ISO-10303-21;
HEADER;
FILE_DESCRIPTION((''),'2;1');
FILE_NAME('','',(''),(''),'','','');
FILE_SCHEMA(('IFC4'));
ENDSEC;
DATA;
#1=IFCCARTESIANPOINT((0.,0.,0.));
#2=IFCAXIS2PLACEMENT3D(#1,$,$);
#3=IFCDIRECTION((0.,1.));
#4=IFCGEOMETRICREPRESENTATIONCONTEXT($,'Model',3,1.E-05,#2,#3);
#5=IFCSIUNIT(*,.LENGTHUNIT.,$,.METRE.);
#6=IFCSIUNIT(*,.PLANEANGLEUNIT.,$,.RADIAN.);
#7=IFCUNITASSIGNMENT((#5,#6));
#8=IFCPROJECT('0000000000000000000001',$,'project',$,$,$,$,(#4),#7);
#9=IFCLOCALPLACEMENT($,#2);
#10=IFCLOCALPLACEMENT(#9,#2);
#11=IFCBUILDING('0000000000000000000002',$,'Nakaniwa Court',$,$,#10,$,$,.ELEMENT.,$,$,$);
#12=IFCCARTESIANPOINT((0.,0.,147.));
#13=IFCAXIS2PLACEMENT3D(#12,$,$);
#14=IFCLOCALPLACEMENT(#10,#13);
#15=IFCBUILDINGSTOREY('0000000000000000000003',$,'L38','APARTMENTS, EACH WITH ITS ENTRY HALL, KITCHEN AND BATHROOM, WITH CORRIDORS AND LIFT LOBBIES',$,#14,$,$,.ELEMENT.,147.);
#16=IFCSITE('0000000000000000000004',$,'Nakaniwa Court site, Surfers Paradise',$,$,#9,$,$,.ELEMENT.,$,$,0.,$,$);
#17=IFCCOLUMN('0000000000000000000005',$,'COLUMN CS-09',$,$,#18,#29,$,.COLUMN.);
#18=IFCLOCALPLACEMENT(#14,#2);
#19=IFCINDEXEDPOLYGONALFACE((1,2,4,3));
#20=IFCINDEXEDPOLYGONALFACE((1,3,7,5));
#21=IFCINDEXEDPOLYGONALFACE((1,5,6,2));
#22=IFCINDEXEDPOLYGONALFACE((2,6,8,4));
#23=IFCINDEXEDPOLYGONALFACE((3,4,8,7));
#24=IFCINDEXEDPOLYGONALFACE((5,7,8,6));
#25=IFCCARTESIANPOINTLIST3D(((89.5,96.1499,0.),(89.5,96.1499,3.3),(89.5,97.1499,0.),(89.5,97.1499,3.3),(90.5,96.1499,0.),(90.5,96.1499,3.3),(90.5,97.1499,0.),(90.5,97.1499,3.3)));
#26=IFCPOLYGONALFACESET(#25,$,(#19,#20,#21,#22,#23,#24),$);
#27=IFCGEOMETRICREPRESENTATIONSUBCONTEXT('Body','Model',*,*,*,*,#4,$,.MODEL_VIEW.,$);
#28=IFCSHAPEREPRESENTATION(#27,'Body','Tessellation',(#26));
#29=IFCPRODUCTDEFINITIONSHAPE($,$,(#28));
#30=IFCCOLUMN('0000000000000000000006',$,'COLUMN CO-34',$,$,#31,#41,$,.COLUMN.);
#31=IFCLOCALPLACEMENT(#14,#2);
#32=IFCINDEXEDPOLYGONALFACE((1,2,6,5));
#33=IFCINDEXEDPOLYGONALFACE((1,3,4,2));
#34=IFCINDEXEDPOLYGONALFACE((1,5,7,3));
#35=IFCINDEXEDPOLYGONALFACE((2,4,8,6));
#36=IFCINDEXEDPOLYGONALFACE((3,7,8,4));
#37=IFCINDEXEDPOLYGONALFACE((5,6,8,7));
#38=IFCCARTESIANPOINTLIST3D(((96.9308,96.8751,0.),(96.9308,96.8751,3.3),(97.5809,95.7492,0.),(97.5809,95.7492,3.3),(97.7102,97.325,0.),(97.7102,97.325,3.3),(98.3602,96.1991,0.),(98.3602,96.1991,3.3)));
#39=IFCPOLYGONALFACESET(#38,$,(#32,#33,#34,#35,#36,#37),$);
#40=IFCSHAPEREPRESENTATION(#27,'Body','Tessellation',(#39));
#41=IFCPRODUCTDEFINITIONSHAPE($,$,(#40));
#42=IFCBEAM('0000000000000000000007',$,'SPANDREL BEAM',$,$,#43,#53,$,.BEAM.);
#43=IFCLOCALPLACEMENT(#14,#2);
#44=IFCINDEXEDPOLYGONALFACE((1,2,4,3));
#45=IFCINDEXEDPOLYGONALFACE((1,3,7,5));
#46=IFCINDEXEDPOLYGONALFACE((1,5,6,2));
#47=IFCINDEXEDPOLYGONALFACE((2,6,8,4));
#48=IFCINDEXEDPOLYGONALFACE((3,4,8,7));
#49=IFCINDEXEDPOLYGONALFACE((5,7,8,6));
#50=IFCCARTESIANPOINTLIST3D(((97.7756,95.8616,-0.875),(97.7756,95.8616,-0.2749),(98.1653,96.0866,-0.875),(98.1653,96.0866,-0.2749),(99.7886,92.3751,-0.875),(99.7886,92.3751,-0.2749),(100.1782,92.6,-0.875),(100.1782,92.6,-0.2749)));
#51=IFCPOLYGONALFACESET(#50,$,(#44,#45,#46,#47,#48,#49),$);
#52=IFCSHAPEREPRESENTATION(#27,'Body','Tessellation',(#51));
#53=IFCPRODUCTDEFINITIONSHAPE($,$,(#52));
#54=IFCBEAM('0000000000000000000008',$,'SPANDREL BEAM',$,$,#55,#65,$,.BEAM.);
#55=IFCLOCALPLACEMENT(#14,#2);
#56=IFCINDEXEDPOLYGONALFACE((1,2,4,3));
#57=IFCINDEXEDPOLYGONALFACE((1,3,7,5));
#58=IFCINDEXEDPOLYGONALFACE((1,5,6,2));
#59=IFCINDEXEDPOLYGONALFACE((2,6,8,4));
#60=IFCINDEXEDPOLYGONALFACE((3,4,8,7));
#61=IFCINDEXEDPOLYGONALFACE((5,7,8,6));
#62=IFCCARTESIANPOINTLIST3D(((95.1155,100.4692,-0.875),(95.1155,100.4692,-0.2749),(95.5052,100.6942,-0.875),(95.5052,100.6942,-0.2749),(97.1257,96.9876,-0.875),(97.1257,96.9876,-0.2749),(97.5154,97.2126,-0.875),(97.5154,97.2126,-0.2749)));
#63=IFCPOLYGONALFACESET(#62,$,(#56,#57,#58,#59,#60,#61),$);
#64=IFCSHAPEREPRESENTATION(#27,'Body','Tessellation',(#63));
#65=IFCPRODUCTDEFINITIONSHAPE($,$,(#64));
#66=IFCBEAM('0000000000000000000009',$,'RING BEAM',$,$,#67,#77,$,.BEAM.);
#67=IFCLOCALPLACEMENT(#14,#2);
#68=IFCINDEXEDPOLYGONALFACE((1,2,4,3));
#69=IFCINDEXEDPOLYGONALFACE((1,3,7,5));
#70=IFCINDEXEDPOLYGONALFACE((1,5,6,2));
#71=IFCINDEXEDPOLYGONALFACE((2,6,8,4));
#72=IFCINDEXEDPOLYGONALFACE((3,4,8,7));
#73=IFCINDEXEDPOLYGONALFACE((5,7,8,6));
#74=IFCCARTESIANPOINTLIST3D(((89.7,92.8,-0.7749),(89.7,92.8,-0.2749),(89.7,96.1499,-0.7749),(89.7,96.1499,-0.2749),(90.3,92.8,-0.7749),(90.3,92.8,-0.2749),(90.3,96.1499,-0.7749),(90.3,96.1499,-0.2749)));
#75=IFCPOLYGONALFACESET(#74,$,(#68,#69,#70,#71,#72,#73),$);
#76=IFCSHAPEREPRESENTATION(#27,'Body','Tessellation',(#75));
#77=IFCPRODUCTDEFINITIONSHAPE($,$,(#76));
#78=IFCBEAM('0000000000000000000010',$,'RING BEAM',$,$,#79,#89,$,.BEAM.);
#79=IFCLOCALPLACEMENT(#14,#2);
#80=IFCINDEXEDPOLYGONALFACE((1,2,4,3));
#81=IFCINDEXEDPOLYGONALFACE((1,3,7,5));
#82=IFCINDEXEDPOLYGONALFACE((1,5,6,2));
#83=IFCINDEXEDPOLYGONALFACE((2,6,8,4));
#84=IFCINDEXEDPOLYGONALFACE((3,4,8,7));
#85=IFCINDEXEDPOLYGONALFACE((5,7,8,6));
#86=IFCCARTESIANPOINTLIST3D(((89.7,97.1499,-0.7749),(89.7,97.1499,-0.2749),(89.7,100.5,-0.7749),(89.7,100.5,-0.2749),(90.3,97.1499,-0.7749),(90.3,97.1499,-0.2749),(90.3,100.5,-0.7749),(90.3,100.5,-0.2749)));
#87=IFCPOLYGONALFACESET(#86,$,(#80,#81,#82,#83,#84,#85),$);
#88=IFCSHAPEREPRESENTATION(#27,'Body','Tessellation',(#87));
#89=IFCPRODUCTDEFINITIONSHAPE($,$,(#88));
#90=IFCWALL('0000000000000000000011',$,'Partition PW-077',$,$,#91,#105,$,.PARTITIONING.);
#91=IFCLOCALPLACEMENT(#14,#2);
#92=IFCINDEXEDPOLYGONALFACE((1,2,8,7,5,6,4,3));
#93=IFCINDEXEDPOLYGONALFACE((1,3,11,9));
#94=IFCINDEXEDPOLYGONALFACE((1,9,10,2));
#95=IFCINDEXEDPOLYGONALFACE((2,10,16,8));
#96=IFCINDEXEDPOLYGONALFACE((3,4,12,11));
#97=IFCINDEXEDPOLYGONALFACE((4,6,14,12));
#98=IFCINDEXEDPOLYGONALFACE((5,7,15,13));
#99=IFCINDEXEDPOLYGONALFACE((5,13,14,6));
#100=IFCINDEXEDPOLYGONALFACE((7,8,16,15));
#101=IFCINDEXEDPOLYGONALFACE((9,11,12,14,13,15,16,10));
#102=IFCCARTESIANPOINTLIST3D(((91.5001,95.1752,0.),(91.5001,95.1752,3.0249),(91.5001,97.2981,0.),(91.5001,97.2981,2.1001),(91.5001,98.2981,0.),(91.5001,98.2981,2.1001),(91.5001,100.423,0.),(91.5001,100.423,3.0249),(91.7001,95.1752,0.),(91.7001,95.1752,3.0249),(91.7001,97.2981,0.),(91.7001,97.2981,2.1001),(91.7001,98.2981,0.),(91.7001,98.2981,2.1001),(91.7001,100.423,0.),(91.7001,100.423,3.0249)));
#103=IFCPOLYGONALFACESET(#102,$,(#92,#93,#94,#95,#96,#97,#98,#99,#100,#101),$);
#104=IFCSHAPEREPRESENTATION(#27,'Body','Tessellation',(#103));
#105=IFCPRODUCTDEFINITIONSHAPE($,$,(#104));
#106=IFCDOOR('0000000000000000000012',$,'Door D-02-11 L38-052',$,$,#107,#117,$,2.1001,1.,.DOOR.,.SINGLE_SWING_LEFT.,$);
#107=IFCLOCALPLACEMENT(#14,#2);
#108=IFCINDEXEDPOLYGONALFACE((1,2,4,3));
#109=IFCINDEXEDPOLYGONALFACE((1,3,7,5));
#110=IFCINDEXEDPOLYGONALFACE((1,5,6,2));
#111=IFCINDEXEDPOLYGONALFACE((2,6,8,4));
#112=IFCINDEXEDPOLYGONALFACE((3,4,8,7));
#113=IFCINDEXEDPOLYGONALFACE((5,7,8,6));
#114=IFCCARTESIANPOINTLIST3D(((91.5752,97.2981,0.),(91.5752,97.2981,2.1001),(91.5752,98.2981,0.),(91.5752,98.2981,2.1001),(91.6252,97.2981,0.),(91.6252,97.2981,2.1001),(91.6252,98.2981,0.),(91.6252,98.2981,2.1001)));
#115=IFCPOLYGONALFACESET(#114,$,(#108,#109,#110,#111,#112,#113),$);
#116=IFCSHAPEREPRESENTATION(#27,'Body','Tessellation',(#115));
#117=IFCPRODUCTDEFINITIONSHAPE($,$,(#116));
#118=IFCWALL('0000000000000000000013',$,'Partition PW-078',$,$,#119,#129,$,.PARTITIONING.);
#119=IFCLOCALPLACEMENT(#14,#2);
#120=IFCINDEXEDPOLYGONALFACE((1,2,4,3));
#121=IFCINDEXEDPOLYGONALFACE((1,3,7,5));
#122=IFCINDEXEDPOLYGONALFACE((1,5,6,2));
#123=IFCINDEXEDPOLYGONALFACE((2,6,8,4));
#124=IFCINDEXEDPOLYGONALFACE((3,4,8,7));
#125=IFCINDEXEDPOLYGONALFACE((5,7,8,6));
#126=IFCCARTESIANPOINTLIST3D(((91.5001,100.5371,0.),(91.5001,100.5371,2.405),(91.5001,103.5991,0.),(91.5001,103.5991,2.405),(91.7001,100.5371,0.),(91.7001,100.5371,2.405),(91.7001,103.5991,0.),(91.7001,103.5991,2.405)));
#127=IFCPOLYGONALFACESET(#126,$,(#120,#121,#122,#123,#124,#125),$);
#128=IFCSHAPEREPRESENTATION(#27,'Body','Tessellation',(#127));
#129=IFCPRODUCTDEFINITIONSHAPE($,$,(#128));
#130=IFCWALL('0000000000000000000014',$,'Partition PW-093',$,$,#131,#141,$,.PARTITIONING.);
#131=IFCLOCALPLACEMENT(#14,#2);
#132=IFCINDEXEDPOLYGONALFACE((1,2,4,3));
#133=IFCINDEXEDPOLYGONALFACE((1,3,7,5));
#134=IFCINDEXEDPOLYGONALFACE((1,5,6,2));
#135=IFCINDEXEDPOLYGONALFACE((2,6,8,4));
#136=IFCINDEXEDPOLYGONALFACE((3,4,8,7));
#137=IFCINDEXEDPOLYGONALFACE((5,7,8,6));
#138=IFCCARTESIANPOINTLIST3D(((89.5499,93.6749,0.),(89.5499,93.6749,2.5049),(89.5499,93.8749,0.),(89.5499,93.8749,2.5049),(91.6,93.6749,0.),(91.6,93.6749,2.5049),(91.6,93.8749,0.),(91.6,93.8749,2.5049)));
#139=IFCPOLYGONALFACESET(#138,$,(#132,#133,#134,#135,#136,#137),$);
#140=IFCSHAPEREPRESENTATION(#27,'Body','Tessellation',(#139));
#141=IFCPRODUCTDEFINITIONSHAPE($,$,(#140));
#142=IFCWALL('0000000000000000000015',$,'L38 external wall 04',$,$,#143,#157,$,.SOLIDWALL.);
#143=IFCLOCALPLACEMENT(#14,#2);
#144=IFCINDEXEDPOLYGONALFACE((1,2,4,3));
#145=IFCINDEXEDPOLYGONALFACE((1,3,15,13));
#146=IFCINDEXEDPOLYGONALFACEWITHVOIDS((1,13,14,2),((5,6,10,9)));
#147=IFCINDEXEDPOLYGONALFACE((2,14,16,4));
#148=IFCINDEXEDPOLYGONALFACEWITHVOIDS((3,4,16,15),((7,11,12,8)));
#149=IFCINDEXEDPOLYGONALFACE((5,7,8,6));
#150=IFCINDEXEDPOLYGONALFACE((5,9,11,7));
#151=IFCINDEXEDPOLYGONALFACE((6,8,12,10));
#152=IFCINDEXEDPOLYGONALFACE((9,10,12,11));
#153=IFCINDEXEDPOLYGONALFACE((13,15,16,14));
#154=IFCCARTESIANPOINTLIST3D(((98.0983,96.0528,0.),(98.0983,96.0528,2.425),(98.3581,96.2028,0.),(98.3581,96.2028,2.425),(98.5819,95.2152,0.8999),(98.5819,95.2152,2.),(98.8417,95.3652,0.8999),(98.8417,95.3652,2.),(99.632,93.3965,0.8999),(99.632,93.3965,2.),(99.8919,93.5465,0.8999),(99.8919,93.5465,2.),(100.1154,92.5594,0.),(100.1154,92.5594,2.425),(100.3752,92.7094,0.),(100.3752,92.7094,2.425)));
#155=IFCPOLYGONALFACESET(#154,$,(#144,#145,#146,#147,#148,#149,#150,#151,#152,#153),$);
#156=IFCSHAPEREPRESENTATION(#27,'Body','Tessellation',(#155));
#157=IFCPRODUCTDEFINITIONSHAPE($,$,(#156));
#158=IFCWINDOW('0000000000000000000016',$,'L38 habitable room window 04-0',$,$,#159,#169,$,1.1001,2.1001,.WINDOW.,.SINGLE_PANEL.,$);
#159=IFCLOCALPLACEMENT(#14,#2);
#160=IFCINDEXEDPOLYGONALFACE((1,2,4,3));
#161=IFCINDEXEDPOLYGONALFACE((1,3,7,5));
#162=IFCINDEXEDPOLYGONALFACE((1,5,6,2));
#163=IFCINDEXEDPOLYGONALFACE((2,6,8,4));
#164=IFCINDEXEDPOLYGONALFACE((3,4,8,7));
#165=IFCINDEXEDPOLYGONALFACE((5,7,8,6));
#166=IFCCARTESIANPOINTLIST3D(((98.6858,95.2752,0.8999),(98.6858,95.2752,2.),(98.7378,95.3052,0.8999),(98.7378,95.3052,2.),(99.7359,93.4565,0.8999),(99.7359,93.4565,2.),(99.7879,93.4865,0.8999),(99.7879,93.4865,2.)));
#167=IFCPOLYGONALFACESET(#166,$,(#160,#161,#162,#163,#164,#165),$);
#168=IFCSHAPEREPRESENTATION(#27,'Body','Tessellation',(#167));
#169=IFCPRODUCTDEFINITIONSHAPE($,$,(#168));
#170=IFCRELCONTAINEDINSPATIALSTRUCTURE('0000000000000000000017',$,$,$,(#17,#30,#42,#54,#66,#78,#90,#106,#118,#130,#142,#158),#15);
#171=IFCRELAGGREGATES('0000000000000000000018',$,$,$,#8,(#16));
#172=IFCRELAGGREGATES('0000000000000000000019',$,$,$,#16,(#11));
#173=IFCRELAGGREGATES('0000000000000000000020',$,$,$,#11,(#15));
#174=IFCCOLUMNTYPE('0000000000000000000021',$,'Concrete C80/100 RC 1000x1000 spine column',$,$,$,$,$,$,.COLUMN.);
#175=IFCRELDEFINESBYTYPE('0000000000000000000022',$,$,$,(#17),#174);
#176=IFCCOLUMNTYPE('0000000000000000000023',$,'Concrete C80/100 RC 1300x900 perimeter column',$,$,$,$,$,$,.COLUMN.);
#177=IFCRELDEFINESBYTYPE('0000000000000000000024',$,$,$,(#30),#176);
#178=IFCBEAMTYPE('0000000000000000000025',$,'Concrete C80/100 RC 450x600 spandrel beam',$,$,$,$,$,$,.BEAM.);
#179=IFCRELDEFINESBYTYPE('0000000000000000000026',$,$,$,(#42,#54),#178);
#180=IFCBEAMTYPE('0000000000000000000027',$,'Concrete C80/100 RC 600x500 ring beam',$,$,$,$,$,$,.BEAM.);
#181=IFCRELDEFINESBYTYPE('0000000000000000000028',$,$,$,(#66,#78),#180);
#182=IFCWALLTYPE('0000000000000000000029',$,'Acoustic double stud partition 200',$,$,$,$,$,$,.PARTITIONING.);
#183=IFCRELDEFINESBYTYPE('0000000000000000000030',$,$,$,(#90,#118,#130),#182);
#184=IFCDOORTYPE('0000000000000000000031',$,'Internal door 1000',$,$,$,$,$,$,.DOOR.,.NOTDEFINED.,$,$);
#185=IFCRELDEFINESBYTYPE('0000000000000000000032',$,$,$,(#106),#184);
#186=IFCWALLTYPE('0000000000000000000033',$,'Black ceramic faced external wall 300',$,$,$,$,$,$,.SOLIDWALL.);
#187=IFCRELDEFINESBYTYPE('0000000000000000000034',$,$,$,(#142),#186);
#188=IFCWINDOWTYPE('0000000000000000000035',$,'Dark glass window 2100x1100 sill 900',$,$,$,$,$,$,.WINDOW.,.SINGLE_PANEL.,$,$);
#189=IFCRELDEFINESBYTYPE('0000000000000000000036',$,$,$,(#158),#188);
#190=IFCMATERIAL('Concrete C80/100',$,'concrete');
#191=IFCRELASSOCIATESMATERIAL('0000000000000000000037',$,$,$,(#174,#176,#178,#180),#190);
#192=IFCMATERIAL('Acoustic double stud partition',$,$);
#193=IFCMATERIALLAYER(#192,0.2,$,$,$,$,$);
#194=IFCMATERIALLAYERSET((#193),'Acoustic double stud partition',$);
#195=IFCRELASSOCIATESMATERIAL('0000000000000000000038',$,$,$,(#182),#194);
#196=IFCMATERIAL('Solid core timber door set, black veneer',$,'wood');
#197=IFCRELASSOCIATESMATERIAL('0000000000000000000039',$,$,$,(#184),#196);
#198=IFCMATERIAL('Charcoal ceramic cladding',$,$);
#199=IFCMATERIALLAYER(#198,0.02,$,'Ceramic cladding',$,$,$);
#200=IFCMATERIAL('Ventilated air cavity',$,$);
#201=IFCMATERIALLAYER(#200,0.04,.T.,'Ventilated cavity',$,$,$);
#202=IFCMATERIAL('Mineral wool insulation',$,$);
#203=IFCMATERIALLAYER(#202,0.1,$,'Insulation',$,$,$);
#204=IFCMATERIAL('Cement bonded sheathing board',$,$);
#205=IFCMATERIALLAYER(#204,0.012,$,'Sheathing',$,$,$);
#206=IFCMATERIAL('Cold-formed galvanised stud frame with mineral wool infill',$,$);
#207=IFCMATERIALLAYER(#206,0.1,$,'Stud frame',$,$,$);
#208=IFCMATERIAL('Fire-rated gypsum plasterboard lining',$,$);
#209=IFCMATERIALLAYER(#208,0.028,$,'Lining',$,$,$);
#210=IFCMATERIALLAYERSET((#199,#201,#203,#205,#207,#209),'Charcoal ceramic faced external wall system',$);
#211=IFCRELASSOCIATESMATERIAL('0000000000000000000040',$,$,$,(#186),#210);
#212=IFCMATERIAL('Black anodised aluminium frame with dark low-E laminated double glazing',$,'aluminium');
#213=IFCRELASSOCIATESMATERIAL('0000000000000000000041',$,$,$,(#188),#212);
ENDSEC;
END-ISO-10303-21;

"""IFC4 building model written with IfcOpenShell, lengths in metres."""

from ifc_helpers import new_model, si_unit, direction, frame, frame_2d, origin, origin_2d, place, context, subcontext, project, spatial, rectangle, extrude, material, layer, layer_set, material_profile, profile_set, type_object, element, fill, save


model = new_model("IFC4")

# Units and contexts
model_context = context("Model", 3, precision=1e-05, world=origin(), true_north=direction((0.0, 1.0)))
body_context = subcontext(model_context, "Body", "Model", "MODEL_VIEW")
ifc_project = project(units=[si_unit("LENGTHUNIT", "METRE"), si_unit("PLANEANGLEUNIT", "RADIAN")], contexts=[model_context])

# Site, building, storey
site_placement = place(None, origin())
site = spatial("IfcSite", under=ifc_project, at=site_placement, Name="Nakaniwa Court site, Surfers Paradise", CompositionType="ELEMENT", RefElevation=0.0)
building_placement = place(site_placement, origin())
building = spatial("IfcBuilding", under=site, at=building_placement, Name="Nakaniwa Court", CompositionType="ELEMENT")
storey_placement = place(building_placement, frame((0.0, 0.0, 147.0)))
storey = spatial("IfcBuildingStorey", under=building, at=storey_placement, Name="L38", Description="APARTMENTS, EACH WITH ITS ENTRY HALL, KITCHEN AND BATHROOM, WITH CORRIDORS AND LIFT LOBBIES", CompositionType="ELEMENT", Elevation=147.0)

# Columns
ifc_material_1 = material(Name="Concrete C80/100", Category="concrete")
ifc_material_profile_1 = material_profile(ifc_material_1, rectangle(XDim=1.0, YDim=1.0, at=origin_2d()), Name="Concrete C80/100 RC 1000x1000 spine column")
ifc_profile_set_1 = profile_set([ifc_material_profile_1], Name="Concrete C80/100")
column_type_1 = type_object("IfcColumnType", Name="Concrete C80/100 RC 1000x1000 spine column", PredefinedType="COLUMN", material=ifc_profile_set_1)
column_1_placement = place(storey_placement, frame((90.0, 96.6499, 0.0), z_axis=(0.0, 0.0, 1.0), x_axis=(0.0, 1.0, 0.0)))
element("IfcColumn", 1, at=column_1_placement, inside=storey, type_object=column_type_1, Name="COLUMN CS-09", PredefinedType="COLUMN", context=body_context, shape_type="SweptSolid", body=[
    extrude(rectangle(XDim=1.0, YDim=1.0, at=origin_2d()), origin(), (0.0, 0.0, 1.0), 3.3),
])
ifc_material_profile_2 = material_profile(ifc_material_1, rectangle(XDim=1.3, YDim=0.8999, at=origin_2d()), Name="Concrete C80/100 RC 1300x900 perimeter column")
ifc_profile_set_2 = profile_set([ifc_material_profile_2], Name="Concrete C80/100")
column_type_2 = type_object("IfcColumnType", Name="Concrete C80/100 RC 1300x900 perimeter column", PredefinedType="COLUMN", material=ifc_profile_set_2)
column_2_placement = place(storey_placement, frame((97.6455, 96.5371, 0.0), z_axis=(0.0, 0.0, 1.0), x_axis=(-0.5, 0.866025, 0.0)))
element("IfcColumn", 2, at=column_2_placement, inside=storey, type_object=column_type_2, Name="COLUMN CO-34", PredefinedType="COLUMN", context=body_context, shape_type="SweptSolid", body=[
    extrude(rectangle(XDim=1.3, YDim=0.8999, at=origin_2d()), origin(), (0.0, 0.0, 1.0), 3.3),
])

# Beams
ifc_material_profile_3 = material_profile(ifc_material_1, rectangle(XDim=0.45, YDim=0.6001, at=origin_2d()), Name="Concrete C80/100 RC 450x600 spandrel beam")
ifc_profile_set_3 = profile_set([ifc_material_profile_3], Name="Concrete C80/100")
beam_type_1 = type_object("IfcBeamType", Name="Concrete C80/100 RC 450x600 spandrel beam", PredefinedType="BEAM", material=ifc_profile_set_3)
beam_1_placement = place(storey_placement, frame((99.9834, 92.4875, -0.575), z_axis=(-0.499994, 0.866029, 0.0), x_axis=(-0.866029, -0.499994, 0.0)))
element("IfcBeam", 3, at=beam_1_placement, inside=storey, type_object=beam_type_1, Name="SPANDREL BEAM", PredefinedType="BEAM", context=body_context, shape_type="SweptSolid", body=[
    extrude(rectangle(XDim=0.45, YDim=0.6001, at=origin_2d()), origin(), (0.0, 0.0, 1.0), 4.0259),
])
beam_2_placement = place(storey_placement, frame((97.3206, 97.1001, -0.575), z_axis=(-0.500019, 0.866015, 0.0), x_axis=(-0.866015, -0.500019, 0.0)))
element("IfcBeam", 4, at=beam_2_placement, inside=storey, type_object=beam_type_1, Name="SPANDREL BEAM", PredefinedType="BEAM", context=body_context, shape_type="SweptSolid", body=[
    extrude(rectangle(XDim=0.45, YDim=0.6001, at=origin_2d()), origin(), (0.0, 0.0, 1.0), 4.0203),
])
ifc_material_profile_4 = material_profile(ifc_material_1, rectangle(XDim=0.6001, YDim=0.5, at=origin_2d()), Name="Concrete C80/100 RC 600x500 ring beam")
ifc_profile_set_4 = profile_set([ifc_material_profile_4], Name="Concrete C80/100")
beam_type_2 = type_object("IfcBeamType", Name="Concrete C80/100 RC 600x500 ring beam", PredefinedType="BEAM", material=ifc_profile_set_4)
beam_3_placement = place(storey_placement, frame((90.0, 92.8, -0.5249), z_axis=(0.0, 1.0, 0.0), x_axis=(-1.0, 0.0, 0.0)))
element("IfcBeam", 5, at=beam_3_placement, inside=storey, type_object=beam_type_2, Name="RING BEAM", PredefinedType="BEAM", context=body_context, shape_type="SweptSolid", body=[
    extrude(rectangle(XDim=0.6001, YDim=0.5, at=origin_2d()), origin(), (0.0, 0.0, 1.0), 3.3499),
])
beam_4_placement = place(storey_placement, frame((90.0, 97.1499, -0.5249), z_axis=(0.0, 1.0, 0.0), x_axis=(-1.0, 0.0, 0.0)))
element("IfcBeam", 6, at=beam_4_placement, inside=storey, type_object=beam_type_2, Name="RING BEAM", PredefinedType="BEAM", context=body_context, shape_type="SweptSolid", body=[
    extrude(rectangle(XDim=0.6001, YDim=0.5, at=origin_2d()), origin(), (0.0, 0.0, 1.0), 3.3501),
])

# Wall, opening, door
ifc_material_2 = material(Name="Acoustic double stud partition")
ifc_layer_1 = layer(ifc_material_2, 0.2)
ifc_layer_set_1 = layer_set([ifc_layer_1], Name="Acoustic double stud partition")
wall_type_1 = type_object("IfcWallType", Name="Acoustic double stud partition 200", PredefinedType="PARTITIONING", material=ifc_layer_set_1)
wall_1_placement = place(storey_placement, frame((91.6001, 95.175, 0.0), z_axis=(0.0, 0.0, 1.0), x_axis=(0.0, 1.0, 0.0)))
wall_1 = element("IfcWall", 7, at=wall_1_placement, inside=storey, type_object=wall_type_1, Name="Partition PW-077", PredefinedType="PARTITIONING", context=body_context, shape_type="SweptSolid", body=[
    extrude(rectangle(XDim=5.2478, YDim=0.2, at=frame_2d((2.624, 0.0))), origin(), (0.0, 0.0, 1.0), 3.0249),
])
opening_1_placement = place(wall_1_placement, frame((2.123, 0.0, 0.0)))
opening_1 = element("IfcOpeningElement", 8, at=opening_1_placement, cuts=wall_1, PredefinedType="OPENING", context=body_context, shape_type="SweptSolid", body=[
    extrude(rectangle(XDim=1.0, YDim=2.1001, at=frame_2d((0.5, 1.05))), frame((0.0, 0.1099, 0.0), z_axis=(0.0, -1.0, 0.0), x_axis=(1.0, 0.0, 0.0)), (0.0, 0.0, 1.0), 0.22),
])
ifc_material_3 = material(Name="Solid core timber door set, black veneer", Category="wood")
door_type = type_object("IfcDoorType", Name="Internal door 1000", OperationType="NOTDEFINED", PredefinedType="DOOR", material=ifc_material_3)
door_placement = place(opening_1_placement, origin())
door = element("IfcDoor", 9, at=door_placement, inside=storey, type_object=door_type, Name="Door D-02-11 L38-052", OperationType="SINGLE_SWING_LEFT", OverallHeight=2.1001, OverallWidth=1.0, PredefinedType="DOOR", context=body_context, shape_type="SweptSolid", body=[
    extrude(rectangle(XDim=1.0, YDim=2.1001, at=frame_2d((0.5, 1.05))), frame((0.0, 0.0249, 0.0), z_axis=(0.0, -1.0, 0.0), x_axis=(1.0, 0.0, 0.0)), (0.0, 0.0, 1.0), 0.05),
])
fill(opening_1, door)

# Walls
wall_2_placement = place(storey_placement, frame((91.6001, 100.5371, 0.0), z_axis=(0.0, 0.0, 1.0), x_axis=(0.0, 1.0, 0.0)))
element("IfcWall", 10, at=wall_2_placement, inside=storey, type_object=wall_type_1, Name="Partition PW-078", PredefinedType="PARTITIONING", context=body_context, shape_type="SweptSolid", body=[
    extrude(rectangle(XDim=3.062, YDim=0.2, at=frame_2d((1.531, 0.0))), origin(), (0.0, 0.0, 1.0), 2.405),
])
wall_3_placement = place(storey_placement, frame((89.55, 93.7749, 0.0), z_axis=(0.0, 0.0, 1.0), x_axis=(1.0, 0.0, 0.0)))
element("IfcWall", 11, at=wall_3_placement, inside=storey, type_object=wall_type_1, Name="Partition PW-093", PredefinedType="PARTITIONING", context=body_context, shape_type="SweptSolid", body=[
    extrude(rectangle(XDim=2.05, YDim=0.2, at=frame_2d((1.0249, 0.0))), origin(), (0.0, 0.0, 1.0), 2.5049),
])

# Wall, opening, window
ifc_material_4 = material(Name="Charcoal ceramic cladding")
ifc_layer_2 = layer(ifc_material_4, 0.02, Name="Ceramic cladding")
ifc_material_5 = material(Name="Ventilated air cavity")
ifc_layer_3 = layer(ifc_material_5, 0.04, ventilated=True, Name="Ventilated cavity")
ifc_material_6 = material(Name="Mineral wool insulation")
ifc_layer_4 = layer(ifc_material_6, 0.1, Name="Insulation")
ifc_material_7 = material(Name="Cement bonded sheathing board")
ifc_layer_5 = layer(ifc_material_7, 0.012, Name="Sheathing")
ifc_material_8 = material(Name="Cold-formed galvanised stud frame with mineral wool infill")
ifc_layer_6 = layer(ifc_material_8, 0.1, Name="Stud frame")
ifc_material_9 = material(Name="Fire-rated gypsum plasterboard lining")
ifc_layer_7 = layer(ifc_material_9, 0.028, Name="Lining")
ifc_layer_set_2 = layer_set([ifc_layer_2, ifc_layer_3, ifc_layer_4, ifc_layer_5, ifc_layer_6, ifc_layer_7], Name="Charcoal ceramic faced external wall system")
wall_type_2 = type_object("IfcWallType", Name="Black ceramic faced external wall 300", PredefinedType="SOLIDWALL", material=ifc_layer_set_2)
wall_4_placement = place(storey_placement, frame((100.2454, 92.6343, 0.0), z_axis=(0.0, 0.0, 1.0), x_axis=(-0.500032, 0.866007, 0.0)))
wall_4 = element("IfcWall", 12, at=wall_4_placement, inside=storey, type_object=wall_type_2, Name="L38 external wall 04", PredefinedType="SOLIDWALL", context=body_context, shape_type="SweptSolid", body=[
    extrude(rectangle(XDim=4.0339, YDim=0.3, at=frame_2d((2.0171, 0.0))), origin(), (0.0, 0.0, 1.0), 2.425),
])
opening_2_placement = place(wall_4_placement, frame((0.9668, 0.0, 0.8999)))
opening_2 = element("IfcOpeningElement", 13, at=opening_2_placement, cuts=wall_4, PredefinedType="OPENING", context=body_context, shape_type="SweptSolid", body=[
    extrude(rectangle(XDim=2.1001, YDim=1.1001, at=frame_2d((1.05, 0.55))), frame((0.0, 0.1599, 0.0), z_axis=(0.0, -1.0, 0.0), x_axis=(1.0, 0.0, 0.0)), (0.0, 0.0, 1.0), 0.3201),
])
ifc_material_10 = material(Name="Black anodised aluminium frame with dark low-E laminated double glazing", Category="aluminium")
window_type = type_object("IfcWindowType", Name="Dark glass window 2100x1100 sill 900", PartitioningType="SINGLE_PANEL", PredefinedType="WINDOW", material=ifc_material_10)
window_1_placement = place(opening_2_placement, origin())
window_1 = element("IfcWindow", 14, at=window_1_placement, inside=storey, type_object=window_type, Name="L38 habitable room window 04-0", OverallHeight=1.1001, OverallWidth=2.1001, PartitioningType="SINGLE_PANEL", PredefinedType="WINDOW", context=body_context, shape_type="SweptSolid", body=[
    extrude(rectangle(XDim=2.1001, YDim=1.1001, at=frame_2d((1.05, 0.55))), frame((0.0, 0.03, 0.0), z_axis=(0.0, -1.0, 0.0), x_axis=(1.0, 0.0, 0.0)), (0.0, 0.0, 1.0), 0.0601),
])
fill(opening_2, window_1)

save(model, "model.ifc")
